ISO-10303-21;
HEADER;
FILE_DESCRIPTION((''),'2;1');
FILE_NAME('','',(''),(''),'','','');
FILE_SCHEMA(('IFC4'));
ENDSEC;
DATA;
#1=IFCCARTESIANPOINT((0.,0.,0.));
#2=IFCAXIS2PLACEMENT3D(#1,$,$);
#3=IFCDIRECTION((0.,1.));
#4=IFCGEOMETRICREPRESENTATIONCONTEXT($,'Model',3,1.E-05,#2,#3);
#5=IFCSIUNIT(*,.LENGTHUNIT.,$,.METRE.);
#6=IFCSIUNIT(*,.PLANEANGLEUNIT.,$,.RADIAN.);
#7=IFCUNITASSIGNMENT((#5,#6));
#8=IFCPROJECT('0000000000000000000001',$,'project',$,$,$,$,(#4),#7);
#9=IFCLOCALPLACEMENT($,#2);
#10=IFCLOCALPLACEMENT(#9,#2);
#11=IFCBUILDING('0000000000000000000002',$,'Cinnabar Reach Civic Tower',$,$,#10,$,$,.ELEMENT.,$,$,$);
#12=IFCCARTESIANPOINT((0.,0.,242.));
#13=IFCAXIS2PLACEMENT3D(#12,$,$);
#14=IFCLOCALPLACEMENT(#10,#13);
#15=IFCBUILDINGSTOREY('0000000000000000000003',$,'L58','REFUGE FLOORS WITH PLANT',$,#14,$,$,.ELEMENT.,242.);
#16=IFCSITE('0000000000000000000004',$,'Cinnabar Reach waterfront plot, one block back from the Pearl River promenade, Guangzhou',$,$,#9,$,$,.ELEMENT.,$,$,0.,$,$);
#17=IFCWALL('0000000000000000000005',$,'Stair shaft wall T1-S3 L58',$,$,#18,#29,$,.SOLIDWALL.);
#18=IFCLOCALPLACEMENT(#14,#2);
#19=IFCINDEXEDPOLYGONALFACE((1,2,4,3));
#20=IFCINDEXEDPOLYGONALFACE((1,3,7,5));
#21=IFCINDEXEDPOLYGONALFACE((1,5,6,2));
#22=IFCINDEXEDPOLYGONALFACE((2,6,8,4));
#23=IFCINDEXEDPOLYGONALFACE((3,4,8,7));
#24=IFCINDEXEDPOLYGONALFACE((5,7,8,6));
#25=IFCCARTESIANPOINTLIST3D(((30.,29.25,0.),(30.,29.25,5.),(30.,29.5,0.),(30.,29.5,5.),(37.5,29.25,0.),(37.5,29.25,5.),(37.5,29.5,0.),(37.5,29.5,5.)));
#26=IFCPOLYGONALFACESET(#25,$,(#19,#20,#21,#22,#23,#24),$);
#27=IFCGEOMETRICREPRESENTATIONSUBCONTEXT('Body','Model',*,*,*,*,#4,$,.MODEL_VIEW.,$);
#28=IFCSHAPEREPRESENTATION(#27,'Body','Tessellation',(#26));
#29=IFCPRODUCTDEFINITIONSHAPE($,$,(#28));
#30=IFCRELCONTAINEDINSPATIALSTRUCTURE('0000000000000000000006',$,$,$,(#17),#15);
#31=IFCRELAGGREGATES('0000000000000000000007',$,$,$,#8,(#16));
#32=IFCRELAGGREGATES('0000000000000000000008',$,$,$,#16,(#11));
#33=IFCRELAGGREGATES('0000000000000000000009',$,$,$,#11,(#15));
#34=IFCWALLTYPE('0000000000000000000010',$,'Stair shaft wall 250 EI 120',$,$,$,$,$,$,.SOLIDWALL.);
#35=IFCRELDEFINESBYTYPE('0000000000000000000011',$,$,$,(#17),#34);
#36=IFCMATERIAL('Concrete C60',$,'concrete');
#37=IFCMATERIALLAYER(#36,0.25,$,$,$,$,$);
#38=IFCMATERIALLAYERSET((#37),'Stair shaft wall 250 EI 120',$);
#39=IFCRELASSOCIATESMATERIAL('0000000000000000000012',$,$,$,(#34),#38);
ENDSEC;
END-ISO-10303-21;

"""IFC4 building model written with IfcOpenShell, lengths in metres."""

from ifc_helpers import new_model, si_unit, direction, frame, frame_2d, origin, place, context, subcontext, project, spatial, rectangle, extrude, material, layer, layer_set, type_object, element, save


model = new_model("IFC4")

# Units and contexts
model_context = context("Model", 3, precision=1e-05, world=origin(), true_north=direction((0.0, 1.0)))
body_context = subcontext(model_context, "Body", "Model", "MODEL_VIEW")
ifc_project = project(units=[si_unit("LENGTHUNIT", "METRE"), si_unit("PLANEANGLEUNIT", "RADIAN")], contexts=[model_context])

# Site, building, storey
site_placement = place(None, origin())
site = spatial("IfcSite", under=ifc_project, at=site_placement, Name="Cinnabar Reach waterfront plot, one block back from the Pearl River promenade, Guangzhou", CompositionType="ELEMENT", RefElevation=0.0)
building_placement = place(site_placement, origin())
building = spatial("IfcBuilding", under=site, at=building_placement, Name="Cinnabar Reach Civic Tower", CompositionType="ELEMENT")
storey_placement = place(building_placement, frame((0.0, 0.0, 242.0)))
storey = spatial("IfcBuildingStorey", under=building, at=storey_placement, Name="L58", Description="REFUGE FLOORS WITH PLANT", CompositionType="ELEMENT", Elevation=242.0)

# Shared definitions
ifc_material_1 = material(Name="Concrete C60", Category="concrete")

# Wall
ifc_layer_1 = layer(ifc_material_1, 0.25)
ifc_layer_set_1 = layer_set([ifc_layer_1], Name="Stair shaft wall 250 EI 120")
wall_type_1 = type_object("IfcWallType", Name="Stair shaft wall 250 EI 120", PredefinedType="SOLIDWALL", material=ifc_layer_set_1)
wall_1_placement = place(storey_placement, frame((30.0, 29.375, 0.0), z_axis=(0.0, 0.0, 1.0), x_axis=(1.0, 0.0, 0.0)))
element("IfcWall", 1, at=wall_1_placement, inside=storey, type_object=wall_type_1, Name="Stair shaft wall T1-S3 L58", PredefinedType="SOLIDWALL", context=body_context, shape_type="SweptSolid", body=[
    extrude(rectangle(XDim=7.5, YDim=0.25, at=frame_2d((3.75, 0.0))), origin(), (0.0, 0.0, 1.0), 5.0),
])

save(model, "model.ifc")
